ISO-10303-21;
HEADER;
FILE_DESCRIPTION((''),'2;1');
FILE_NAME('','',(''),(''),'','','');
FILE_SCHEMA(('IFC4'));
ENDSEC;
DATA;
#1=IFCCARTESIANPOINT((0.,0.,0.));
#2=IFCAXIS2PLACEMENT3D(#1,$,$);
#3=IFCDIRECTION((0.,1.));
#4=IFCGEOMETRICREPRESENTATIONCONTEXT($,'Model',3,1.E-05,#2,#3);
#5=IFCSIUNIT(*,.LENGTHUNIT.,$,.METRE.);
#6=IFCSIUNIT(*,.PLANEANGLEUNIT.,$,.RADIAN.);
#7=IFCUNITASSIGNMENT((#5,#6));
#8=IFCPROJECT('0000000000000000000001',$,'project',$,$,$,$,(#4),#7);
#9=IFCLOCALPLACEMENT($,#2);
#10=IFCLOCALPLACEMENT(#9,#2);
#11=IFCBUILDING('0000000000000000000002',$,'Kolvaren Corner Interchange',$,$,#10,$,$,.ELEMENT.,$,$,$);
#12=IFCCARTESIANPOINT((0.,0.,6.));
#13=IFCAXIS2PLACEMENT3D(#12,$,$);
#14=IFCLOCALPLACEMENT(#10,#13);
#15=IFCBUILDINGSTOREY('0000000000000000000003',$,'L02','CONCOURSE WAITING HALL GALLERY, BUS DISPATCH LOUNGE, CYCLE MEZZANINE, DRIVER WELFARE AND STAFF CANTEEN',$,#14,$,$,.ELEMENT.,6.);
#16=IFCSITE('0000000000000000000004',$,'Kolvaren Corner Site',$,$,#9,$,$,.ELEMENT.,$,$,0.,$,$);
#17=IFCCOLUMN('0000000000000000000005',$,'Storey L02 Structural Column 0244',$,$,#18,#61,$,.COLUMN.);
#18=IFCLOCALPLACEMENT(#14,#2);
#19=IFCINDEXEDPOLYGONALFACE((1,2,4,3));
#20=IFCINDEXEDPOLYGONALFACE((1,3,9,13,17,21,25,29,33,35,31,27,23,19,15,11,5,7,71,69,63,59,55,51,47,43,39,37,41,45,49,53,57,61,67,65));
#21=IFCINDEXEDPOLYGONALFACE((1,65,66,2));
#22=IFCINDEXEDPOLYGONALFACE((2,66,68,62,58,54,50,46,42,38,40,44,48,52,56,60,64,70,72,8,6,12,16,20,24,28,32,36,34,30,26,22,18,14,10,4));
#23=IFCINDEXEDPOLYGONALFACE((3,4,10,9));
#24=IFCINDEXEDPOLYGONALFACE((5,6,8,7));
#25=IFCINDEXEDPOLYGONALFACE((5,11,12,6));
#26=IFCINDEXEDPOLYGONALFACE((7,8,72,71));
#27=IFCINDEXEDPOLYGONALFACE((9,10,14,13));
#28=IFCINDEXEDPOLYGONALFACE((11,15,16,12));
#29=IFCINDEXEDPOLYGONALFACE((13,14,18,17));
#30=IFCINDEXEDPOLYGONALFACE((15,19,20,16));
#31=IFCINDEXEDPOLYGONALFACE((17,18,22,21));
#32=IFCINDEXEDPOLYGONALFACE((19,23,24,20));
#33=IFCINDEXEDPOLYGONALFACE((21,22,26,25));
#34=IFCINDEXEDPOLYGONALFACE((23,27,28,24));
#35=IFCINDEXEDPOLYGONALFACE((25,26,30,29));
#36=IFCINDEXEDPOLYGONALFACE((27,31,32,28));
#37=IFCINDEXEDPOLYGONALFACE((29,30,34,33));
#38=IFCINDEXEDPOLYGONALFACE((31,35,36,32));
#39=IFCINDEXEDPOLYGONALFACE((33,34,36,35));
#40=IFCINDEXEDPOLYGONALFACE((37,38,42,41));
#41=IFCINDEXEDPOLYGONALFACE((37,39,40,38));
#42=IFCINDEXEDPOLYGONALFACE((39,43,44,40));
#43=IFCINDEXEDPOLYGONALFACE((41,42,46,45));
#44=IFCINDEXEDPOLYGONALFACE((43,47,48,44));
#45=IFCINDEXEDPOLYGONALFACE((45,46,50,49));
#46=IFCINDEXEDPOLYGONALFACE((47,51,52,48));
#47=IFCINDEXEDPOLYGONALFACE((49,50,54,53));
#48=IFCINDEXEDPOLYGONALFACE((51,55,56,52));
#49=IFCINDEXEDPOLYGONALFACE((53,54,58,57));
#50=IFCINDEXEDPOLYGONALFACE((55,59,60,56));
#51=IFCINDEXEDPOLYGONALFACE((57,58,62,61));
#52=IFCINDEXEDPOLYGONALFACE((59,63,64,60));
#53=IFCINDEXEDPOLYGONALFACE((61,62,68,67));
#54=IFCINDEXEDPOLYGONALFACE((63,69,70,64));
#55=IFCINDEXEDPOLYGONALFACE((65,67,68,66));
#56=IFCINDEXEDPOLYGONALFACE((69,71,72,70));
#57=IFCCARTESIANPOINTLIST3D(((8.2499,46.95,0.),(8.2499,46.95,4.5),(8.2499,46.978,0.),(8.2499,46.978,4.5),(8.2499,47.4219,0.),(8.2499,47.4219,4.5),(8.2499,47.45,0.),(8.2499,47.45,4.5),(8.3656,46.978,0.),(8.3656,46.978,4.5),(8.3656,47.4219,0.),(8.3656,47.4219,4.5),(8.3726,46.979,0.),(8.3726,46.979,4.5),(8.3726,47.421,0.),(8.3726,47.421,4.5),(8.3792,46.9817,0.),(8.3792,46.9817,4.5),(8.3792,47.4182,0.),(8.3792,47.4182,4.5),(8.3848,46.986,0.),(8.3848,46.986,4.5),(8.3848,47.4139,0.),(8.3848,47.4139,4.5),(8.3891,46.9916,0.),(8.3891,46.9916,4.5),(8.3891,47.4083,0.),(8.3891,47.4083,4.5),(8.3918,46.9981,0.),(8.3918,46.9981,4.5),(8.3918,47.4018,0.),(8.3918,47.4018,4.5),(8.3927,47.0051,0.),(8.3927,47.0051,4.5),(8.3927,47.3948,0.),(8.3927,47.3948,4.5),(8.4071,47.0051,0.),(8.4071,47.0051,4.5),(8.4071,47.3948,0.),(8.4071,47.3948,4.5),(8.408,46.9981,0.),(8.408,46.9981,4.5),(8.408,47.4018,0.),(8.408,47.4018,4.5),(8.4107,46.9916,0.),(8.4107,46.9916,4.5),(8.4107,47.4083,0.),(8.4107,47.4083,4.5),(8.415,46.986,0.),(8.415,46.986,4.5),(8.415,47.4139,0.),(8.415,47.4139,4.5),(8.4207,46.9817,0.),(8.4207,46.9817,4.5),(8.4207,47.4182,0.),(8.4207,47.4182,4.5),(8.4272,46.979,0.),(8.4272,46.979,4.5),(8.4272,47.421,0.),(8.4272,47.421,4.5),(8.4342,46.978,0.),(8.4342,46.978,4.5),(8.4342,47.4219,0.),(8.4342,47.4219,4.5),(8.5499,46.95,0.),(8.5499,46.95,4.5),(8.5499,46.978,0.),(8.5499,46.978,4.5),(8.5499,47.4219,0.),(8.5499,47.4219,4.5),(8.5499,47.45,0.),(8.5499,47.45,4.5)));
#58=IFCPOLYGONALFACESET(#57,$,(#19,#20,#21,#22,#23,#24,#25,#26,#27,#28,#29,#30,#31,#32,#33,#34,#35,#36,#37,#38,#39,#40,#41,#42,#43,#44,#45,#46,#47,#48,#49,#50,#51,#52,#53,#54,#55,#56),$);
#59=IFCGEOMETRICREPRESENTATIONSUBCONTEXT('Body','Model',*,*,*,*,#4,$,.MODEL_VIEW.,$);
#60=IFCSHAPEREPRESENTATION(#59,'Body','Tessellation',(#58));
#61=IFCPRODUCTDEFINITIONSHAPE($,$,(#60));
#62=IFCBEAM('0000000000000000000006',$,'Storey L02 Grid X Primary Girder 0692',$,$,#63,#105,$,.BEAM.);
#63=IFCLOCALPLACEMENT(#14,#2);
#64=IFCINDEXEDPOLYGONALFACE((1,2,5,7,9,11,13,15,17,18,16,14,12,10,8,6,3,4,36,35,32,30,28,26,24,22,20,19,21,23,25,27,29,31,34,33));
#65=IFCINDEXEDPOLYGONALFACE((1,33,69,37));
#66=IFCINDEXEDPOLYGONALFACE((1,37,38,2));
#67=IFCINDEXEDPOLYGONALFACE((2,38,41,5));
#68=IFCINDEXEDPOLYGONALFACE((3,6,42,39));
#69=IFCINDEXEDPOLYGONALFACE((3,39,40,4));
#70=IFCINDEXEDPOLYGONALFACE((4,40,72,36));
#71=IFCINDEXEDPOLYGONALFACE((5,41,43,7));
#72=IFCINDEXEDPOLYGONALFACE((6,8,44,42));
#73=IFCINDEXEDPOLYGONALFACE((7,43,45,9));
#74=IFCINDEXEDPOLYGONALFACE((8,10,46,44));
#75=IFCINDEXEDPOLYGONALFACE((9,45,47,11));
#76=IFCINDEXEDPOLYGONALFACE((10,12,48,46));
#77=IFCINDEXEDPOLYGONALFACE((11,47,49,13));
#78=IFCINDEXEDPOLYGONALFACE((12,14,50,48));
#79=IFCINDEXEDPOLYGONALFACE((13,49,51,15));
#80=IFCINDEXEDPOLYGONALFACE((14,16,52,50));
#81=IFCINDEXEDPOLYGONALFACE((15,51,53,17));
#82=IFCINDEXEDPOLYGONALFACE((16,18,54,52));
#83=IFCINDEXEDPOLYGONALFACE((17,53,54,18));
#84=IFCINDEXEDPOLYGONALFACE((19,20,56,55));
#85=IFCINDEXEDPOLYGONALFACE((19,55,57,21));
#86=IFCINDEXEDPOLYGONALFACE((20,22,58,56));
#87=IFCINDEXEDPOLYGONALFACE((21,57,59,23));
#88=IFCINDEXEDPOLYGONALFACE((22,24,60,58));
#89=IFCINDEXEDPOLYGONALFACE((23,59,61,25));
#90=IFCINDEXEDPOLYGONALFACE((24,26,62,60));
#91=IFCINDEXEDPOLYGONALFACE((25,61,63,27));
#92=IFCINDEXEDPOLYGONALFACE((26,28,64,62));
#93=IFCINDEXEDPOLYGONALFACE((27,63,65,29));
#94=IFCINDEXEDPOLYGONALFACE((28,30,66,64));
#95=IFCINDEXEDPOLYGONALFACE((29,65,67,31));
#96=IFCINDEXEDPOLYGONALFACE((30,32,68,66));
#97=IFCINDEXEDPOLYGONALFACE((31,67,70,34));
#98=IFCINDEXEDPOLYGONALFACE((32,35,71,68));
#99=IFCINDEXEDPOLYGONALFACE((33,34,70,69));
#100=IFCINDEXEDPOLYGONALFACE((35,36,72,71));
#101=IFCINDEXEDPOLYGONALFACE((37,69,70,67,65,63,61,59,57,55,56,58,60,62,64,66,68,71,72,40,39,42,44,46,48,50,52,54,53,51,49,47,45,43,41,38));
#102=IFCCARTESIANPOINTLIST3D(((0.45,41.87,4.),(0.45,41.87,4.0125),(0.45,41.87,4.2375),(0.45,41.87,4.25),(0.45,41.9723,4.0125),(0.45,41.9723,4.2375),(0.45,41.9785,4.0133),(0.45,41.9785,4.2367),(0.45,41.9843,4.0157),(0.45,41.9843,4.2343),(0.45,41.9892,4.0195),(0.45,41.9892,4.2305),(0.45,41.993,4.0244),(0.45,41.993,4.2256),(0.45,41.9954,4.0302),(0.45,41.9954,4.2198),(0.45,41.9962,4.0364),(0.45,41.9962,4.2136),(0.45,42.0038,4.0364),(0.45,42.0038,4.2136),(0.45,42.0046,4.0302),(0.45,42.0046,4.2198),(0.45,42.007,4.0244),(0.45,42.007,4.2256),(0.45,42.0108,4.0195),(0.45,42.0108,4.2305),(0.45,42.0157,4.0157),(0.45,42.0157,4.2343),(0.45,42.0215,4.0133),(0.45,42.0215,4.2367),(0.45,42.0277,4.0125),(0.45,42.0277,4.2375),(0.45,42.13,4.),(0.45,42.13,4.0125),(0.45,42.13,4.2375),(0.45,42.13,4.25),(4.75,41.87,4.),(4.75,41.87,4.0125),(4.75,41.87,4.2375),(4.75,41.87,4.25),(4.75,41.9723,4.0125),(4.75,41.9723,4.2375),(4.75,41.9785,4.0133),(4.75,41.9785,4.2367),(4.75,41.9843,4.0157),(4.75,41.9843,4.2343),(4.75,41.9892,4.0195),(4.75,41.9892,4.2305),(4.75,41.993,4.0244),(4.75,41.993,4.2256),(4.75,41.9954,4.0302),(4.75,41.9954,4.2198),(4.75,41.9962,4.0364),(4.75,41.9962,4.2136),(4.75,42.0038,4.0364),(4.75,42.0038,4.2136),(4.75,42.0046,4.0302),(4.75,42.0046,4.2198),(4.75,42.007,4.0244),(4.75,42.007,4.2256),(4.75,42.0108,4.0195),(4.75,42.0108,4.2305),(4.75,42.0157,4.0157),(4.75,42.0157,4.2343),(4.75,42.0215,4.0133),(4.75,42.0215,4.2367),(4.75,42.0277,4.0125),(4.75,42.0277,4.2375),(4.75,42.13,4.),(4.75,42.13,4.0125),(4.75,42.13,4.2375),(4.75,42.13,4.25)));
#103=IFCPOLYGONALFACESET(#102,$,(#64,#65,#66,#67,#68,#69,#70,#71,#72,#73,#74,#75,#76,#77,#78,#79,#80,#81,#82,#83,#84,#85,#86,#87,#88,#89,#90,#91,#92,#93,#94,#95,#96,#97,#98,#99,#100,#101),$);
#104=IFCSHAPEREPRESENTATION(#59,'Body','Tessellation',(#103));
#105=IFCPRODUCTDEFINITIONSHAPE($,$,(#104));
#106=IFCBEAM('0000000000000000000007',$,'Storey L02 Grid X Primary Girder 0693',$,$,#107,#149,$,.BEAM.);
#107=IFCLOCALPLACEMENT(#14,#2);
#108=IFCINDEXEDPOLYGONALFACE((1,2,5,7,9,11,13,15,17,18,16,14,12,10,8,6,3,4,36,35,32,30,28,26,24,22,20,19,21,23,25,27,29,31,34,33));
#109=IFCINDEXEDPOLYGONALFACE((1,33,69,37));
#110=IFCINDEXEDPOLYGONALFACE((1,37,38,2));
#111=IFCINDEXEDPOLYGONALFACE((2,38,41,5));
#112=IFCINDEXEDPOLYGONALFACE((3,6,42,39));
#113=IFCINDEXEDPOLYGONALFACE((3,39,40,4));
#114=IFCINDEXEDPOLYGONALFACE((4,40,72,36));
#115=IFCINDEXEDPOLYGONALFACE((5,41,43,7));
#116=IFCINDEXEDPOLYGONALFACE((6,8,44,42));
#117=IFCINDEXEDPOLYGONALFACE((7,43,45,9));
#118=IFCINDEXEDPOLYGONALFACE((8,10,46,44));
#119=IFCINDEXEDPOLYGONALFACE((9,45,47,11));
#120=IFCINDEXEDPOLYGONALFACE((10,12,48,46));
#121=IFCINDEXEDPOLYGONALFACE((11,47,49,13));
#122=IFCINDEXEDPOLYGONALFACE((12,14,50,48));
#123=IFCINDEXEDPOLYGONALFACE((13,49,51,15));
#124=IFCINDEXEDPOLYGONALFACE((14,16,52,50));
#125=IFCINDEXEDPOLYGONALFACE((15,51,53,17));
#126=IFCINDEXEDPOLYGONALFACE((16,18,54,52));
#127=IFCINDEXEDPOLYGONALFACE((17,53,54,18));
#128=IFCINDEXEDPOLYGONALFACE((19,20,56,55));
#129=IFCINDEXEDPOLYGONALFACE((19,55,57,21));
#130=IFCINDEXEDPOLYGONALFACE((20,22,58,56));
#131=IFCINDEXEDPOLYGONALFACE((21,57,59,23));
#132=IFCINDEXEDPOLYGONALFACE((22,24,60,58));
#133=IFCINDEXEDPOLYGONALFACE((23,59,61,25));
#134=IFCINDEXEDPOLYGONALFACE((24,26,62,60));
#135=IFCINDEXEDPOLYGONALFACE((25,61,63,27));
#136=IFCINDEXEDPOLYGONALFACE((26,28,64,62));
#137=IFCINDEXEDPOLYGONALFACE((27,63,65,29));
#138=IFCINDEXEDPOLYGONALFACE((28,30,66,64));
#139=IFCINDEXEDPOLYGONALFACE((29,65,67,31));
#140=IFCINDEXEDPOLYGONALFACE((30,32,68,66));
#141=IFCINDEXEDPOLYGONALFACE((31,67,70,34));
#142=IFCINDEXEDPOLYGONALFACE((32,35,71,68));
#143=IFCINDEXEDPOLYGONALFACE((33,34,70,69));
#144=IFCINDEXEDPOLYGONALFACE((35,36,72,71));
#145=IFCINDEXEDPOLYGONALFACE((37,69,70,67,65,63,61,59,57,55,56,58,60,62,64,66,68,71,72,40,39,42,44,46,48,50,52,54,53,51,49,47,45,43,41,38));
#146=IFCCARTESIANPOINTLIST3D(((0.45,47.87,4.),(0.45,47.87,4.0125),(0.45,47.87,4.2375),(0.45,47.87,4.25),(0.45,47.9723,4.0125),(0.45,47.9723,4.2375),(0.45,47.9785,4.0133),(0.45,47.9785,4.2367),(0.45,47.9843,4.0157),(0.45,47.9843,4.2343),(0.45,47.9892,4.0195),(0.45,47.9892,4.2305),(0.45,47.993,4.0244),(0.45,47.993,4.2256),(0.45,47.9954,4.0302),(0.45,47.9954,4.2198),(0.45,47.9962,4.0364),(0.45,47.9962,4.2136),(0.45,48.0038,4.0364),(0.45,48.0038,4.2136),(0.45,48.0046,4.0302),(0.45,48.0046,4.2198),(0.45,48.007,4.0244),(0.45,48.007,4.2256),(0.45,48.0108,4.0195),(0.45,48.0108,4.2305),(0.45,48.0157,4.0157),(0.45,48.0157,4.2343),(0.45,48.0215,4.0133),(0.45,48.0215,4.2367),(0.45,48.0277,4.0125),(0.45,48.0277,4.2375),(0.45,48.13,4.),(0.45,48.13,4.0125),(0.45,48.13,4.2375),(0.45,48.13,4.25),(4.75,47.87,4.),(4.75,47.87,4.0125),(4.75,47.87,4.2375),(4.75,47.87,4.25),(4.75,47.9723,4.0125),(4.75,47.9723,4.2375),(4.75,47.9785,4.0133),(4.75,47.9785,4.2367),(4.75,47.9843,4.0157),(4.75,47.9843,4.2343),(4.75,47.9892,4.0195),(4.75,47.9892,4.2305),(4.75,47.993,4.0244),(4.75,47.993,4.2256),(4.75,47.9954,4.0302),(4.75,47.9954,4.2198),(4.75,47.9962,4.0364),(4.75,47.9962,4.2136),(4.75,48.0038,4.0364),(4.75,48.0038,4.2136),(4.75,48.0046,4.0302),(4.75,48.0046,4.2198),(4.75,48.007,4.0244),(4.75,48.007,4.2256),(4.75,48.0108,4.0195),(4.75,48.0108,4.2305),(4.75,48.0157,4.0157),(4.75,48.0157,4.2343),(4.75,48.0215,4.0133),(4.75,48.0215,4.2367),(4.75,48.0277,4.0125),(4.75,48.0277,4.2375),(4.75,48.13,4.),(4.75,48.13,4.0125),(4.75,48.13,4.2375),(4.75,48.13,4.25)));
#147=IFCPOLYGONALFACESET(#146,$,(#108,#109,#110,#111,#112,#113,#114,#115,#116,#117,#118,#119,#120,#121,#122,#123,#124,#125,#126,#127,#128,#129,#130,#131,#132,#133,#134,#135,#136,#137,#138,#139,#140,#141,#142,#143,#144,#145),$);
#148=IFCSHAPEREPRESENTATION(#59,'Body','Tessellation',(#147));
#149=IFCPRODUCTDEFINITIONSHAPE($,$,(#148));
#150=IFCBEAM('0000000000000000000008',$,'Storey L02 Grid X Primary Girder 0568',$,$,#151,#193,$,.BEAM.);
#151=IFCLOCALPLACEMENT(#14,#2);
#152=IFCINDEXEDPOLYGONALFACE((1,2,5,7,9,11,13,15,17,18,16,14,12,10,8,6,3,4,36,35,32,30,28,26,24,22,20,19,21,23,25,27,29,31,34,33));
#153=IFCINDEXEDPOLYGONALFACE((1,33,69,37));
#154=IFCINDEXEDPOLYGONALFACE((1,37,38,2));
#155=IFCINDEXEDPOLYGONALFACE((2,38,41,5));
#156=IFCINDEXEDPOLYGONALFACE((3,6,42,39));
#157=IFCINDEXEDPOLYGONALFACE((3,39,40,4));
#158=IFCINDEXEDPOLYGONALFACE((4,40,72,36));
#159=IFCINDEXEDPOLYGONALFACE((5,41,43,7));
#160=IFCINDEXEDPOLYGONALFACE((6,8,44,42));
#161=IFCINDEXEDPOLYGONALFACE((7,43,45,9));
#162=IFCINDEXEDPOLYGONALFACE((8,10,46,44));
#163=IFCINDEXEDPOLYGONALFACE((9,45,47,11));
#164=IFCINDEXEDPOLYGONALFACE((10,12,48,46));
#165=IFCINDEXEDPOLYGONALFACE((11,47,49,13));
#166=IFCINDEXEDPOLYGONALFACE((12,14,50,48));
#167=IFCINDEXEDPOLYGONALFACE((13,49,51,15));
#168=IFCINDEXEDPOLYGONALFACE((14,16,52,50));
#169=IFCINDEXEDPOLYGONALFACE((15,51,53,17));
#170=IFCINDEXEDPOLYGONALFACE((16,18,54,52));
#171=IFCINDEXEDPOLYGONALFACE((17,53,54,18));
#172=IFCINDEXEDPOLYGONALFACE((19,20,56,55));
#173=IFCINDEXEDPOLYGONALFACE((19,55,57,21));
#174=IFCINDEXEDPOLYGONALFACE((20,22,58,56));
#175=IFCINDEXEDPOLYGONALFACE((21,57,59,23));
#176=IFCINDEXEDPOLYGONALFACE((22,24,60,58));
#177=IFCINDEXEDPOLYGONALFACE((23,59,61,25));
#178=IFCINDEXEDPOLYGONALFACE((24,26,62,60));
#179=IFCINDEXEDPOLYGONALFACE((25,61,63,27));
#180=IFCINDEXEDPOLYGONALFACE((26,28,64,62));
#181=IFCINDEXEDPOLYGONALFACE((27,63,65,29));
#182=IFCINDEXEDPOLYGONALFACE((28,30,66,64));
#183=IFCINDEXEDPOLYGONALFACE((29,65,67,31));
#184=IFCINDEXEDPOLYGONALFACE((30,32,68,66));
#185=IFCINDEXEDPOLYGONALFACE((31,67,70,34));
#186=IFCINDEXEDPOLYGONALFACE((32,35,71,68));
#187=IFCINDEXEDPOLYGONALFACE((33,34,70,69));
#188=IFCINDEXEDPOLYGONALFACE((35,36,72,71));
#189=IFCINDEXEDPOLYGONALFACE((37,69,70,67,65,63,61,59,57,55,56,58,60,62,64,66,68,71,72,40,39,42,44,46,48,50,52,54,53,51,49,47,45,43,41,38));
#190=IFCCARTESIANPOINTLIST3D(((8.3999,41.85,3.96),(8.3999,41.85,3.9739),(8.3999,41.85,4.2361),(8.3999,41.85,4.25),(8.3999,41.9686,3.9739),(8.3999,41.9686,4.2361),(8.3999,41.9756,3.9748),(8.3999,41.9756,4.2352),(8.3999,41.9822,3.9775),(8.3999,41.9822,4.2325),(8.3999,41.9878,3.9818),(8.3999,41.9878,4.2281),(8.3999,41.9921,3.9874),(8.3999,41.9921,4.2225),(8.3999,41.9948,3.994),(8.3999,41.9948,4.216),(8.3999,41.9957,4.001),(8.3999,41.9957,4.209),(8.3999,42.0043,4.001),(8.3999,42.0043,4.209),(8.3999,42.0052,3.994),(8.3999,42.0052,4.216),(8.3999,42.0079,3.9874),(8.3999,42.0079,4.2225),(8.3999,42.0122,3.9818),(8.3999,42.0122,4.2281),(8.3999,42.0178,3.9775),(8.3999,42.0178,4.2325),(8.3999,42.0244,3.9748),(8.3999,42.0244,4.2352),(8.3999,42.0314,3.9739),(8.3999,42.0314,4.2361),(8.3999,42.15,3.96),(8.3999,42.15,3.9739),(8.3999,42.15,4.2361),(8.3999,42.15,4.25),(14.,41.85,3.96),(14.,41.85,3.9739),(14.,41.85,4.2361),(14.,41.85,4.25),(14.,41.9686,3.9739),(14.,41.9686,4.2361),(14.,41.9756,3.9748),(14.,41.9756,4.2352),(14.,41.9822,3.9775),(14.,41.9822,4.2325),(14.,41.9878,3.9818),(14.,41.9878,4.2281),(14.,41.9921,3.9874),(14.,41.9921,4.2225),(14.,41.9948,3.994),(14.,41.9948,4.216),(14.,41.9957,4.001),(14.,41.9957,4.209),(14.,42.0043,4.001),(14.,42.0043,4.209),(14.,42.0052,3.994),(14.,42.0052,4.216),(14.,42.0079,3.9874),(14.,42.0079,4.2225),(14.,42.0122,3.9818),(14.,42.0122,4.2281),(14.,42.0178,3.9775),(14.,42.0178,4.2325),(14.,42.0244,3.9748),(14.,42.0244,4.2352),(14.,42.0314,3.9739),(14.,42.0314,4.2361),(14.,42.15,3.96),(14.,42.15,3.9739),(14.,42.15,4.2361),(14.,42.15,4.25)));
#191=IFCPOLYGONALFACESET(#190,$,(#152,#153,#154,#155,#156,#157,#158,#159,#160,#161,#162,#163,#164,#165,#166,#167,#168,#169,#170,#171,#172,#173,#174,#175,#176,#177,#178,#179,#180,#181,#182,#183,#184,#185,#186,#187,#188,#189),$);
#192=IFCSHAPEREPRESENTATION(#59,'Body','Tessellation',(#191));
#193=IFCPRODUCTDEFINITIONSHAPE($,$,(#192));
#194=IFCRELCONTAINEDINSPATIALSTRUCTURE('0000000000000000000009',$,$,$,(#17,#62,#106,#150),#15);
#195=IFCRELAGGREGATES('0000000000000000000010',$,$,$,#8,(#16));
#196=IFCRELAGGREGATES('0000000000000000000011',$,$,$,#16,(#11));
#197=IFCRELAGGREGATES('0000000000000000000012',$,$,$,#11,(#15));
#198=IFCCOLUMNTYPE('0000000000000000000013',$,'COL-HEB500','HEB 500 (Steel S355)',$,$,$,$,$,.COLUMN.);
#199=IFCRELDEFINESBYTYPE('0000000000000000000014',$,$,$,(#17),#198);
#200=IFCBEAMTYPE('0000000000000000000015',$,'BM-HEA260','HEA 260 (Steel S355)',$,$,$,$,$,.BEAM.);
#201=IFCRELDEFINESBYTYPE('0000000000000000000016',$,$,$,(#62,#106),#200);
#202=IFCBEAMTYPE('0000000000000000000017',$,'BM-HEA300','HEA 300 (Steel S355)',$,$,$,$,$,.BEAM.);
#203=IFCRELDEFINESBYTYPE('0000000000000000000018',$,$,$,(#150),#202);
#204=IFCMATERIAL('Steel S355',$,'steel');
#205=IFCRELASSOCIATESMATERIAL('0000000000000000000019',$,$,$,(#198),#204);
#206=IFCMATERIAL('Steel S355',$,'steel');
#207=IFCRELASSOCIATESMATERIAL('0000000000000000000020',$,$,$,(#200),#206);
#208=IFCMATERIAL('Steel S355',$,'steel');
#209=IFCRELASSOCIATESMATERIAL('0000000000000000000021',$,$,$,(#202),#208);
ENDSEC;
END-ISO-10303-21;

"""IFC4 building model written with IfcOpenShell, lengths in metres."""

from ifc_helpers import new_model, si_unit, direction, frame, origin, origin_2d, place, context, subcontext, project, spatial, i_section, extrude, material, material_profile, profile_set, type_object, element, save


model = new_model("IFC4")

# Units and contexts
model_context = context("Model", 3, precision=1e-05, world=origin(), true_north=direction((0.0, 1.0)))
body_context = subcontext(model_context, "Body", "Model", "MODEL_VIEW")
ifc_project = project(units=[si_unit("LENGTHUNIT", "METRE"), si_unit("PLANEANGLEUNIT", "RADIAN")], contexts=[model_context])

# Site, building, storey
site_placement = place(None, origin())
site = spatial("IfcSite", under=ifc_project, at=site_placement, Name="Kolvaren Corner Site", CompositionType="ELEMENT", RefElevation=0.0)
building_placement = place(site_placement, origin())
building = spatial("IfcBuilding", under=site, at=building_placement, Name="Kolvaren Corner Interchange", CompositionType="ELEMENT")
storey_placement = place(building_placement, frame((0.0, 0.0, 6.0)))
storey = spatial("IfcBuildingStorey", under=building, at=storey_placement, Name="L02", Description="CONCOURSE WAITING HALL GALLERY, BUS DISPATCH LOUNGE, CYCLE MEZZANINE, DRIVER WELFARE AND STAFF CANTEEN", CompositionType="ELEMENT", Elevation=6.0)

# Column
ifc_material_1 = material(Name="Steel S355", Category="steel")
ifc_material_profile_1 = material_profile(ifc_material_1, i_section(OverallWidth=0.3, OverallDepth=0.5, WebThickness=0.0144, FlangeThickness=0.0281, FilletRadius=0.0271, at=origin_2d()), Name="HEB 500")
ifc_profile_set_1 = profile_set([ifc_material_profile_1], Name="Steel S355")
column_type = type_object("IfcColumnType", Name="COL-HEB500", Description="HEB 500 (Steel S355)", PredefinedType="COLUMN", material=ifc_profile_set_1)
for number, where, z_axis, x_axis, name in (
    (1, (8.3999, 47.2, 0.0), (0.0, 0.0, 1.0), (1.0, 0.0, 0.0), "Storey L02 Structural Column 0244"),
):
    element("IfcColumn", number, at=place(storey_placement, frame(where, z_axis=z_axis, x_axis=x_axis)), inside=storey, type_object=column_type, Name=name, PredefinedType="COLUMN", context=body_context, shape_type="SweptSolid", body=[
        extrude(i_section(OverallWidth=0.3, OverallDepth=0.5, WebThickness=0.0144, FlangeThickness=0.0281, FilletRadius=0.0271, at=origin_2d()), origin(), (0.0, 0.0, 1.0), 4.5),
    ])

# Beams
ifc_material_2 = material(Name="Steel S355", Category="steel")
ifc_material_profile_2 = material_profile(ifc_material_2, i_section(OverallWidth=0.26, OverallDepth=0.25, WebThickness=0.0076, FlangeThickness=0.0125, FilletRadius=0.0239, at=origin_2d()), Name="HEA 260")
ifc_profile_set_2 = profile_set([ifc_material_profile_2], Name="Steel S355")
beam_type_1 = type_object("IfcBeamType", Name="BM-HEA260", Description="HEA 260 (Steel S355)", PredefinedType="BEAM", material=ifc_profile_set_2)
for number, where, z_axis, x_axis, name in (
    (2, (0.45, 42.0, 4.125), (1.0, 0.0, 0.0), (0.0, 1.0, 0.0), "Storey L02 Grid X Primary Girder 0692"),
    (3, (0.45, 48.0, 4.125), (1.0, 0.0, 0.0), (0.0, 1.0, 0.0), "Storey L02 Grid X Primary Girder 0693"),
):
    element("IfcBeam", number, at=place(storey_placement, frame(where, z_axis=z_axis, x_axis=x_axis)), inside=storey, type_object=beam_type_1, Name=name, PredefinedType="BEAM", context=body_context, shape_type="SweptSolid", body=[
        extrude(i_section(OverallWidth=0.26, OverallDepth=0.25, WebThickness=0.0076, FlangeThickness=0.0125, FilletRadius=0.0239, at=origin_2d()), origin(), (0.0, 0.0, 1.0), 4.3),
    ])
ifc_material_3 = material(Name="Steel S355", Category="steel")
ifc_material_profile_3 = material_profile(ifc_material_3, i_section(OverallWidth=0.3, OverallDepth=0.29, WebThickness=0.0085, FlangeThickness=0.0139, FilletRadius=0.0271, at=origin_2d()), Name="HEA 300")
ifc_profile_set_3 = profile_set([ifc_material_profile_3], Name="Steel S355")
beam_type_2 = type_object("IfcBeamType", Name="BM-HEA300", Description="HEA 300 (Steel S355)", PredefinedType="BEAM", material=ifc_profile_set_3)
for number, where, z_axis, x_axis, name in (
    (4, (8.3999, 42.0, 4.105), (1.0, 0.0, 0.0), (0.0, 1.0, 0.0), "Storey L02 Grid X Primary Girder 0568"),
):
    element("IfcBeam", number, at=place(storey_placement, frame(where, z_axis=z_axis, x_axis=x_axis)), inside=storey, type_object=beam_type_2, Name=name, PredefinedType="BEAM", context=body_context, shape_type="SweptSolid", body=[
        extrude(i_section(OverallWidth=0.3, OverallDepth=0.29, WebThickness=0.0085, FlangeThickness=0.0139, FilletRadius=0.0271, at=origin_2d()), origin(), (0.0, 0.0, 1.0), 5.6001),
    ])

save(model, "model.ifc")
